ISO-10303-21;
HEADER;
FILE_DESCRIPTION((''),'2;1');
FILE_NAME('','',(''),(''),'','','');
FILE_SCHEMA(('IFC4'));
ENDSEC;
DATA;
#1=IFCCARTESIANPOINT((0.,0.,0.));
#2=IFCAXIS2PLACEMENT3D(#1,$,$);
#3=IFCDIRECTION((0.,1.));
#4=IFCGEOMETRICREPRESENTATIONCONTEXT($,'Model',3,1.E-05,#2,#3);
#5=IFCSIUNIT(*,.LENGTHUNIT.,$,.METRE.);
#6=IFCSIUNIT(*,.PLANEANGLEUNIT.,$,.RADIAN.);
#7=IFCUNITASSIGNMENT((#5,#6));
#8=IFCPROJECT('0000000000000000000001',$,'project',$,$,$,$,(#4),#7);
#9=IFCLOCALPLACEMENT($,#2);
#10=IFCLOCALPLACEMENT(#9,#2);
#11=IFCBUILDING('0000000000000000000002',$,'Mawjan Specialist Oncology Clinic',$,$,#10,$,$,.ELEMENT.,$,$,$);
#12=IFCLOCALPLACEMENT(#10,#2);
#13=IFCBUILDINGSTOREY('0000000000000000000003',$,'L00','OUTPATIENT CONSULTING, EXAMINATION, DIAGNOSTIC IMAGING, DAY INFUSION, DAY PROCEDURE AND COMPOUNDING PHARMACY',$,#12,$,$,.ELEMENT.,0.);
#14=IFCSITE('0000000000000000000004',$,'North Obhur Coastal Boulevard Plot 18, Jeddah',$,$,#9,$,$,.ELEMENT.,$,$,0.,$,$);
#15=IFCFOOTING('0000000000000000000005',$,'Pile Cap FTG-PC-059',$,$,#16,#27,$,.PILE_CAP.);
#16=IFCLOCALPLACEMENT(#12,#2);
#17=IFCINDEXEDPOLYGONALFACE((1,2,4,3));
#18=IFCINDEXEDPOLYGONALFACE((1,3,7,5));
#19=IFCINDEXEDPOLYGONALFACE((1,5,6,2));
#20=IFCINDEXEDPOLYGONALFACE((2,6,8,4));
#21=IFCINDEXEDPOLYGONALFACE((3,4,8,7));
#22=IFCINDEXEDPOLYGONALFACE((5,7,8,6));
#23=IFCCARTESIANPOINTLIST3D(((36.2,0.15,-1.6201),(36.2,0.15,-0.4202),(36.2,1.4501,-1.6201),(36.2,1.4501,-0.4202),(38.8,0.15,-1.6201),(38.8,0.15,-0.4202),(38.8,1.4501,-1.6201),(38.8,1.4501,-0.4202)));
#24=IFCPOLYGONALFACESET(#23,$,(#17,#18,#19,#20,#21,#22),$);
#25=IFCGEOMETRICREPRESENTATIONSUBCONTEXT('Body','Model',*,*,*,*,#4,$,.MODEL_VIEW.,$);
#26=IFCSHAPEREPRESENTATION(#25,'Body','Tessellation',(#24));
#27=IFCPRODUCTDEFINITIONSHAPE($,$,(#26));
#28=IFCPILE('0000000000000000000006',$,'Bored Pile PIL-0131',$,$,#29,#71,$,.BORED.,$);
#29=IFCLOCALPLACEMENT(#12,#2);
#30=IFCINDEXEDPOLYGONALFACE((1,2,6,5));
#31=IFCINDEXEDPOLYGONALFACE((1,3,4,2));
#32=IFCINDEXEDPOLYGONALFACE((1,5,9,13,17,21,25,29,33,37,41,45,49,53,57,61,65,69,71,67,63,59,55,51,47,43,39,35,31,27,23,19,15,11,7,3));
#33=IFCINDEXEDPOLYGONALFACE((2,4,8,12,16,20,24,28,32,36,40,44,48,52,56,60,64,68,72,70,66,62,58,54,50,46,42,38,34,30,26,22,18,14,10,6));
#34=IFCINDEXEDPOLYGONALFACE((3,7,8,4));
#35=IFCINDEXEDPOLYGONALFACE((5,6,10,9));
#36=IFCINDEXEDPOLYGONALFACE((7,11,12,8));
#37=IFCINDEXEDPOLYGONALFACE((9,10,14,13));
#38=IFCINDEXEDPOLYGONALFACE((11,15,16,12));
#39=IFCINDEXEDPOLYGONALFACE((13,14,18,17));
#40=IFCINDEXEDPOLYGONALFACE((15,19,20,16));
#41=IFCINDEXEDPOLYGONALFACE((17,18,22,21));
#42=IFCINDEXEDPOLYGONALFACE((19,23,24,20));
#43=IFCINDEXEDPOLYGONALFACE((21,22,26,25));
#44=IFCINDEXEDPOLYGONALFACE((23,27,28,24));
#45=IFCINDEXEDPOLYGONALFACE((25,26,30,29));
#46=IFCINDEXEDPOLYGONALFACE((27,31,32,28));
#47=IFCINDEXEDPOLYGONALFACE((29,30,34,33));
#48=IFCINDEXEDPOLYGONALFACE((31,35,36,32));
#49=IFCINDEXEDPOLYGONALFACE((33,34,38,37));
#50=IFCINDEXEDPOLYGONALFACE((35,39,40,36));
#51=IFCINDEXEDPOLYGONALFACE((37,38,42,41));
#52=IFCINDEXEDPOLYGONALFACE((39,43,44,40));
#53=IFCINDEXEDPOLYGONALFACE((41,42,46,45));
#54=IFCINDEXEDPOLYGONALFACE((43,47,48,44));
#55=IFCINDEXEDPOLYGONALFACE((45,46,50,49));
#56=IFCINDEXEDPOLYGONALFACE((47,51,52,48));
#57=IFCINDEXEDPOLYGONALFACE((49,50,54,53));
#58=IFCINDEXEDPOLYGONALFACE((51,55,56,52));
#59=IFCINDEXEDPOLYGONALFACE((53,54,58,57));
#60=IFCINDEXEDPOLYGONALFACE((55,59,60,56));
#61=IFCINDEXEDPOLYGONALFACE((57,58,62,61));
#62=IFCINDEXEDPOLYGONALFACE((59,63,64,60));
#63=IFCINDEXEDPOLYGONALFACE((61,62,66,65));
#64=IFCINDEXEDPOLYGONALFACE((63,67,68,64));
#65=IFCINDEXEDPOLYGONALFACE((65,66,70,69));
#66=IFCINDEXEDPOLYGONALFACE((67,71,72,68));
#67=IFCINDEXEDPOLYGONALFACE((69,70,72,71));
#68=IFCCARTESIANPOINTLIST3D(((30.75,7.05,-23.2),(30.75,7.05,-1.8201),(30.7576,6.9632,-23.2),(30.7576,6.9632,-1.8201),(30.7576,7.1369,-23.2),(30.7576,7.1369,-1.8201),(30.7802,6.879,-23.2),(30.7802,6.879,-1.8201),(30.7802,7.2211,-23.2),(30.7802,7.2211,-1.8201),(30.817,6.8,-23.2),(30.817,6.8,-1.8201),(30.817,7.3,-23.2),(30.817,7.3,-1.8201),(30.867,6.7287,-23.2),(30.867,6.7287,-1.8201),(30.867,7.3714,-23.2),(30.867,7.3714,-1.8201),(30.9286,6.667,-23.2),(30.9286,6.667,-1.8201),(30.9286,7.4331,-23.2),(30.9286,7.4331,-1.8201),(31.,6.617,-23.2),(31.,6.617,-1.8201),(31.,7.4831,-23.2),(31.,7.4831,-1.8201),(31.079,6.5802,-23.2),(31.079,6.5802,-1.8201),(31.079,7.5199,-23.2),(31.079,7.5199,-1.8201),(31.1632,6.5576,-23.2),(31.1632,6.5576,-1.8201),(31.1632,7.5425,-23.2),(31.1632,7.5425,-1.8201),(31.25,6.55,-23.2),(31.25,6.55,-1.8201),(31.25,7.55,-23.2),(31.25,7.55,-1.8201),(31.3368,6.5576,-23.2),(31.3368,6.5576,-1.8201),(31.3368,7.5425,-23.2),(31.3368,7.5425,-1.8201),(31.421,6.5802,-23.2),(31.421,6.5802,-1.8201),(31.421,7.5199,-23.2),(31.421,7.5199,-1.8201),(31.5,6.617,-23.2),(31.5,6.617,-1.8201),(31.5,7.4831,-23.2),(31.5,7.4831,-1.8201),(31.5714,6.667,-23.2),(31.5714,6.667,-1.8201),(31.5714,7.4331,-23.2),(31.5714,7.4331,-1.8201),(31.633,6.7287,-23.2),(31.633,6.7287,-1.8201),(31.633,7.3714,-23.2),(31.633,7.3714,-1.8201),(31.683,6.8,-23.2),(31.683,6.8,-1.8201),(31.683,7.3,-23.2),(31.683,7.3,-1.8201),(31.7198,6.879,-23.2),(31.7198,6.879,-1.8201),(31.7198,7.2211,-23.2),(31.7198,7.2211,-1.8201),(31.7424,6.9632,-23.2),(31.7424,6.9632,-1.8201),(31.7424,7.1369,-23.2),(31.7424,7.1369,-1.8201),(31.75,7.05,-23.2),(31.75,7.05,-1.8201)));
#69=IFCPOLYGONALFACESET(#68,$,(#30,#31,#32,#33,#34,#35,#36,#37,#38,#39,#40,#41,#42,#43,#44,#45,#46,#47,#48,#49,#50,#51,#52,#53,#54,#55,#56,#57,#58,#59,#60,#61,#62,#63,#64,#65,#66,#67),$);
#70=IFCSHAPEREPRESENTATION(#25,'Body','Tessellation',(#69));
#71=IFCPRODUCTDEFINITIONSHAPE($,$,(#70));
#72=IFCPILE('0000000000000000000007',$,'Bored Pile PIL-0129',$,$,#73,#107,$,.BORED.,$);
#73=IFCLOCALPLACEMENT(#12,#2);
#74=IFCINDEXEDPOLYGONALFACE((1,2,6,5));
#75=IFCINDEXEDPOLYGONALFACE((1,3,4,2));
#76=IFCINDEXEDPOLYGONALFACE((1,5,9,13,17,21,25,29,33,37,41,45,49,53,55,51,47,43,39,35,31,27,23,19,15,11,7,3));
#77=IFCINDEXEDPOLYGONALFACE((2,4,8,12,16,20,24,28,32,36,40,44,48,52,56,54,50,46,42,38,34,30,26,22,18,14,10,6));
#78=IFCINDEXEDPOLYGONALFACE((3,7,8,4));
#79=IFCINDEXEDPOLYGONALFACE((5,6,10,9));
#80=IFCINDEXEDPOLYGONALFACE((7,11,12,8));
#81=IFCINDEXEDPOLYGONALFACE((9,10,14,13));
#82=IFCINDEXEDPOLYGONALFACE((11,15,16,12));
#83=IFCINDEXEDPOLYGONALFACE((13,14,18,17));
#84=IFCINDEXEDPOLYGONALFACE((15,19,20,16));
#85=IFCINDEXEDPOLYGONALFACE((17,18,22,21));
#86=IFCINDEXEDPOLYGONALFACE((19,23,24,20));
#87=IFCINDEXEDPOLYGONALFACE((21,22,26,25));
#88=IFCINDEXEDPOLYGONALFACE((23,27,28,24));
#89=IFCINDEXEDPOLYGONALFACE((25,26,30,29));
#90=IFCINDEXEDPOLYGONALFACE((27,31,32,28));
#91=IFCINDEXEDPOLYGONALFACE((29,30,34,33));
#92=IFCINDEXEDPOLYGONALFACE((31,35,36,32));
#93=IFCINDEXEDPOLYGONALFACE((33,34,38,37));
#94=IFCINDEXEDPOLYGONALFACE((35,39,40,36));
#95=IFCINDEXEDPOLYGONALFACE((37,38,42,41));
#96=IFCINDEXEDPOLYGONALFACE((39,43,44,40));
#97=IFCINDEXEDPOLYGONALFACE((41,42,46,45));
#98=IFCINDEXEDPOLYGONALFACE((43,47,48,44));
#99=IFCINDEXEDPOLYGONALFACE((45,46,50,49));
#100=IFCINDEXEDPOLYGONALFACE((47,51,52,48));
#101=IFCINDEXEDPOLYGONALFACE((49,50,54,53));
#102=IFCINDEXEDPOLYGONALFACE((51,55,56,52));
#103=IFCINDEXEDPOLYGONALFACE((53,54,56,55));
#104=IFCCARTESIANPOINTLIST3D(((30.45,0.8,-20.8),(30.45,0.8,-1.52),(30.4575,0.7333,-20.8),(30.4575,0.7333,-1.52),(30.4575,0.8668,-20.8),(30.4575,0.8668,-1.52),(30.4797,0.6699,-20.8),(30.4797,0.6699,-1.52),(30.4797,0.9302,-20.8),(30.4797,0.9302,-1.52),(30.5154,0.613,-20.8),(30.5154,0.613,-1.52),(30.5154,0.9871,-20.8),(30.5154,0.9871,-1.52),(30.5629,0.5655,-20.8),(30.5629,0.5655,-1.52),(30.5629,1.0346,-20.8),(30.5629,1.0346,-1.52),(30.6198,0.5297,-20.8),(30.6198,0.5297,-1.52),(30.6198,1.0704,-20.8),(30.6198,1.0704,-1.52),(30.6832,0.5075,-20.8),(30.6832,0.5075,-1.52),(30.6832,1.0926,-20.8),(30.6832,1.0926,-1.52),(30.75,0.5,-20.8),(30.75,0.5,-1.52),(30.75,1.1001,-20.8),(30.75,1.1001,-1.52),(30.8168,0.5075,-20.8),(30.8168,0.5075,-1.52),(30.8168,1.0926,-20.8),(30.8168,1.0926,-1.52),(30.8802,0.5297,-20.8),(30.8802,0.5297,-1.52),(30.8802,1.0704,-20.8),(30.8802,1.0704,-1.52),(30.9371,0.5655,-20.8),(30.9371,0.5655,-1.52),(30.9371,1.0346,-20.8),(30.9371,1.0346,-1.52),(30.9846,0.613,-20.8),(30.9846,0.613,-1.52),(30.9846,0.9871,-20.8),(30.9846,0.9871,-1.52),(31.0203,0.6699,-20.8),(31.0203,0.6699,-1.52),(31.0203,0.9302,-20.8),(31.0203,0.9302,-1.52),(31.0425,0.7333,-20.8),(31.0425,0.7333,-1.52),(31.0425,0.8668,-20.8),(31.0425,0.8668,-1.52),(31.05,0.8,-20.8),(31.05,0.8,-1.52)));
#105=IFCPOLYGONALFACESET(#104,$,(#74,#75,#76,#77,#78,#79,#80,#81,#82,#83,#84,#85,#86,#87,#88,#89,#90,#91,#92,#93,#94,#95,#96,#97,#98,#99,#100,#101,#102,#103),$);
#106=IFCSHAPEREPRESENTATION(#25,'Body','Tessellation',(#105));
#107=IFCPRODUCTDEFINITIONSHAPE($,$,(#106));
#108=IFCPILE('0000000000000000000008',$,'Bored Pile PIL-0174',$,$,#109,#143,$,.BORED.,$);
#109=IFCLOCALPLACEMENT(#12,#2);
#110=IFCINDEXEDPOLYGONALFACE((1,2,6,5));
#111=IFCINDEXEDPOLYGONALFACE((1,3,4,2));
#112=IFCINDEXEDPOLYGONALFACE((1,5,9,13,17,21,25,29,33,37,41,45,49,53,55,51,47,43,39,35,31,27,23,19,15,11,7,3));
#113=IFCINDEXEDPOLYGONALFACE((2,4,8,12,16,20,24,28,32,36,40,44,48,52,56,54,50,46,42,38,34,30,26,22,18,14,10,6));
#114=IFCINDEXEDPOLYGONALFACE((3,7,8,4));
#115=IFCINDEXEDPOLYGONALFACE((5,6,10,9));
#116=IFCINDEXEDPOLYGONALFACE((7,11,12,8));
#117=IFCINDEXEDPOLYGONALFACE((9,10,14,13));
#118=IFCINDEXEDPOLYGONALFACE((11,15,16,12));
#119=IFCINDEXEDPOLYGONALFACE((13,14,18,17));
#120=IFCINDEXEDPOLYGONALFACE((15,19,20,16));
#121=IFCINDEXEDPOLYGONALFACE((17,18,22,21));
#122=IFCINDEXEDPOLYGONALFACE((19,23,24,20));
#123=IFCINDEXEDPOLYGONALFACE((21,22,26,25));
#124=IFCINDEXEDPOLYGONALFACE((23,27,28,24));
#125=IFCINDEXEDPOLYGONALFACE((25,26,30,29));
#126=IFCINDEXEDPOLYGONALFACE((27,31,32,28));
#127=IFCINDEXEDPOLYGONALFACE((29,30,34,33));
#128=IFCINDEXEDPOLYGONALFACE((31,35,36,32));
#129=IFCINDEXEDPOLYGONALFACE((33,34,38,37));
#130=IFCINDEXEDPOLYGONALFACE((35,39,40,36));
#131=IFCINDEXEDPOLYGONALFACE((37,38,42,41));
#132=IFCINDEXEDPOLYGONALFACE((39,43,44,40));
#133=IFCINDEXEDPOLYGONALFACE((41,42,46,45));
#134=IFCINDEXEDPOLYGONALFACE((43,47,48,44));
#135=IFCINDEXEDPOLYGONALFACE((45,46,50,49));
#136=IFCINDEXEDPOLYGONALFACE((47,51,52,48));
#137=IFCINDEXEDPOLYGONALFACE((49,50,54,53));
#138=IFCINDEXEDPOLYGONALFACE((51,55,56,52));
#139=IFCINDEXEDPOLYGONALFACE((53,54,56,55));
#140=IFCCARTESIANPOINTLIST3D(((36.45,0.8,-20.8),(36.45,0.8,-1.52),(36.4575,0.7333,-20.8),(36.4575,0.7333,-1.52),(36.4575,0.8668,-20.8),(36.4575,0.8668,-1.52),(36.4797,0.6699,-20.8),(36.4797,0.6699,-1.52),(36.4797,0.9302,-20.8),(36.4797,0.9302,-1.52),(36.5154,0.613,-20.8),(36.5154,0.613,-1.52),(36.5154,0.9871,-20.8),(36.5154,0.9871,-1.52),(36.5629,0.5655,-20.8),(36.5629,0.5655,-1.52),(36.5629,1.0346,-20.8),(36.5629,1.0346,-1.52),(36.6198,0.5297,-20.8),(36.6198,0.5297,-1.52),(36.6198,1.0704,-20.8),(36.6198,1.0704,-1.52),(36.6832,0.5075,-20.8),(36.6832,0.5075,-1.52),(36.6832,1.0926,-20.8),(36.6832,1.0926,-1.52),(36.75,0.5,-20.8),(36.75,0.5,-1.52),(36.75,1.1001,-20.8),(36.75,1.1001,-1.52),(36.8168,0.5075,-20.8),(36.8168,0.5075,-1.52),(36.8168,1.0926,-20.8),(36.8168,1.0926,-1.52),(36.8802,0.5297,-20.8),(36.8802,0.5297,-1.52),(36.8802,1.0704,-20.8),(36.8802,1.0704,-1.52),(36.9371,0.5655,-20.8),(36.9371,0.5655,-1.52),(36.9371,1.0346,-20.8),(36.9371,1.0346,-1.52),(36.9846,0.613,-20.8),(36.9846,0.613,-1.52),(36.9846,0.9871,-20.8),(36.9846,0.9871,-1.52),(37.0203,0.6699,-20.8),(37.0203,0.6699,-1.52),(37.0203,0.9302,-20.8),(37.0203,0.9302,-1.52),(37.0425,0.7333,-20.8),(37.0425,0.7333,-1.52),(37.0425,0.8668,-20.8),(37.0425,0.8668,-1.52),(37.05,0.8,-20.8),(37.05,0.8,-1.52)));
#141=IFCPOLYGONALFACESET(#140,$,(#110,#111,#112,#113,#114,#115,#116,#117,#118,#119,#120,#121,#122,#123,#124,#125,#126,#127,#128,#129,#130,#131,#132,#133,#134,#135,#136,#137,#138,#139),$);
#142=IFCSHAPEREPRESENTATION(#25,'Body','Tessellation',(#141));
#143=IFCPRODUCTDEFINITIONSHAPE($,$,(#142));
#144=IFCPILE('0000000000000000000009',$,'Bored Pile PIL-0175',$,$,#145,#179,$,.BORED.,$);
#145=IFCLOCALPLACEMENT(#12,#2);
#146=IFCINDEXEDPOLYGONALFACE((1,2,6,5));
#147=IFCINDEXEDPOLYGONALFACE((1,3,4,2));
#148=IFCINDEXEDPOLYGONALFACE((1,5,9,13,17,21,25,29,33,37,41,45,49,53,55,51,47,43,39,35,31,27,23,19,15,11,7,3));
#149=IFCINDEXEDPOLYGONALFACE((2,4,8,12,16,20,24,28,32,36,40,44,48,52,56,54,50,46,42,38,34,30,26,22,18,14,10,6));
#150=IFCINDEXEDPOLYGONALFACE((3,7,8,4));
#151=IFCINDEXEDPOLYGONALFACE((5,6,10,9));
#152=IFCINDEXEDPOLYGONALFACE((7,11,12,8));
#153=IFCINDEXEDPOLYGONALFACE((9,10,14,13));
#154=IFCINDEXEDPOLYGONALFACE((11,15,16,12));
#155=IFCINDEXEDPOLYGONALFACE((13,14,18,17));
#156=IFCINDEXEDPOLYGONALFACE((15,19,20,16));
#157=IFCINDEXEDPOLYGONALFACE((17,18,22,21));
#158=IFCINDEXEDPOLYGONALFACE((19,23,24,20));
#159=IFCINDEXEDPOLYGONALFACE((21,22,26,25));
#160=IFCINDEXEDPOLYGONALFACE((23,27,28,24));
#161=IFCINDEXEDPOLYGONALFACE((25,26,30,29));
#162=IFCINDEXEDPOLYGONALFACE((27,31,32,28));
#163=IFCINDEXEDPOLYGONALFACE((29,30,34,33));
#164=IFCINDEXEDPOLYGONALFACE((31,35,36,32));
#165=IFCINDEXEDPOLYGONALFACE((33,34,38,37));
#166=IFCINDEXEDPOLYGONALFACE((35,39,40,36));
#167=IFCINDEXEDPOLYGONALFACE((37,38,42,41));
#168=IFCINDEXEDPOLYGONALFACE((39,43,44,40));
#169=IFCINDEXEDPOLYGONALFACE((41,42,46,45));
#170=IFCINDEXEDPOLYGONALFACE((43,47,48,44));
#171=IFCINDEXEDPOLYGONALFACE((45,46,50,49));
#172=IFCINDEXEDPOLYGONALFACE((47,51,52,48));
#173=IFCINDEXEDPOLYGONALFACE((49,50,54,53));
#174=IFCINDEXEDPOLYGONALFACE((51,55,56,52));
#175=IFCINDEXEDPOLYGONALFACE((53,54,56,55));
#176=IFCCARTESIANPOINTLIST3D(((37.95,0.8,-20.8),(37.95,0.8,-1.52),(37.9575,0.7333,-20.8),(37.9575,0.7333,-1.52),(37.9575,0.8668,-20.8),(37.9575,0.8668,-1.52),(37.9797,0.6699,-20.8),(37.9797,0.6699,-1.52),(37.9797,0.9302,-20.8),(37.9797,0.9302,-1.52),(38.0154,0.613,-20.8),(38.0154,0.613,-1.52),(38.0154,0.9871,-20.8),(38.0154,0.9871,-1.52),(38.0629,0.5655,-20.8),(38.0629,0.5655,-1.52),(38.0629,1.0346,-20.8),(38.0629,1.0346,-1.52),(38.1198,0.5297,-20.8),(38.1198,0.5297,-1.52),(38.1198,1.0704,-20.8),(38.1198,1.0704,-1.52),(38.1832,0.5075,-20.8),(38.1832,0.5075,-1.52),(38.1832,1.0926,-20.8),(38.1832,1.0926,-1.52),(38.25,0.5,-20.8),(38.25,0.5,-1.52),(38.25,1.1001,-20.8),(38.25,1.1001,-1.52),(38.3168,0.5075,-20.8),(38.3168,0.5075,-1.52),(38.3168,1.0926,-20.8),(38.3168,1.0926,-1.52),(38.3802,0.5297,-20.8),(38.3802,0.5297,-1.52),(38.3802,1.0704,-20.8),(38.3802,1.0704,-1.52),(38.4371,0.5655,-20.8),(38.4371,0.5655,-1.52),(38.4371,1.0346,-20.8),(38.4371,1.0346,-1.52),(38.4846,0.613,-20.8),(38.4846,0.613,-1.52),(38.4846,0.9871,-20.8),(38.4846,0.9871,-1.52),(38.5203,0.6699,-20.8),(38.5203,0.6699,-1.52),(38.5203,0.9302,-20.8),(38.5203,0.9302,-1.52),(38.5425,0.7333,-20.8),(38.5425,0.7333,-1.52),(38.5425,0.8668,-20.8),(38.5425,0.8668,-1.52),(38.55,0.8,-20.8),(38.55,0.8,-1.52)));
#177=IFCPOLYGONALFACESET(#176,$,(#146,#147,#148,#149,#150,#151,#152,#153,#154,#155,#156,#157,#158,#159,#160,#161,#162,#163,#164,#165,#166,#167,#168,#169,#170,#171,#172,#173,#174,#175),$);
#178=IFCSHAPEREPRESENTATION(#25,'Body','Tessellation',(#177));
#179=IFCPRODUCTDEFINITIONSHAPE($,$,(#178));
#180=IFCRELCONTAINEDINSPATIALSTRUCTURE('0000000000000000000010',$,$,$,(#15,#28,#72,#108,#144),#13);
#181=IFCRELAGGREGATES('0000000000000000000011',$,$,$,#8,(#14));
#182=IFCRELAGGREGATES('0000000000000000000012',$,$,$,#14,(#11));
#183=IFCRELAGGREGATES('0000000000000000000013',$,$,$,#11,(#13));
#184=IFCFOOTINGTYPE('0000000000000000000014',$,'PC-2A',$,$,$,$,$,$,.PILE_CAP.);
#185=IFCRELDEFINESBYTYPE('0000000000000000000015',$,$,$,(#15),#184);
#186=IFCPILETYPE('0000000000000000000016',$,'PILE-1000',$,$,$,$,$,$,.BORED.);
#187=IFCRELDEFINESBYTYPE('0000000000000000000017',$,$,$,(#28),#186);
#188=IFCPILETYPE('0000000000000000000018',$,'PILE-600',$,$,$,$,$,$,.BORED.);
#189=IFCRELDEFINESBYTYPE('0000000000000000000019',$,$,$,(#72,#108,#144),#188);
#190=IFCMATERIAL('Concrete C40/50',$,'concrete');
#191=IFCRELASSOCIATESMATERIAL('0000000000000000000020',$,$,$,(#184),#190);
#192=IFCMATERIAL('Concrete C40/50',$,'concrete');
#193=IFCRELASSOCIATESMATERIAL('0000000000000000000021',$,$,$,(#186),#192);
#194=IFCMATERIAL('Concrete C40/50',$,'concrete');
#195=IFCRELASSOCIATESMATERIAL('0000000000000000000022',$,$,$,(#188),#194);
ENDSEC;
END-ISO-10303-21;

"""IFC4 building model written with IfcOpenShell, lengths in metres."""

from ifc_helpers import new_model, si_unit, direction, frame, origin, origin_2d, place, context, subcontext, project, spatial, rectangle, circle, extrude, material, material_profile, profile_set, type_object, element, save


model = new_model("IFC4")

# Units and contexts
model_context = context("Model", 3, precision=1e-05, world=origin(), true_north=direction((0.0, 1.0)))
body_context = subcontext(model_context, "Body", "Model", "MODEL_VIEW")
ifc_project = project(units=[si_unit("LENGTHUNIT", "METRE"), si_unit("PLANEANGLEUNIT", "RADIAN")], contexts=[model_context])

# Site, building, storey
site_placement = place(None, origin())
site = spatial("IfcSite", under=ifc_project, at=site_placement, Name="North Obhur Coastal Boulevard Plot 18, Jeddah", CompositionType="ELEMENT", RefElevation=0.0)
building_placement = place(site_placement, origin())
building = spatial("IfcBuilding", under=site, at=building_placement, Name="Mawjan Specialist Oncology Clinic", CompositionType="ELEMENT")
storey_placement = place(building_placement, origin())
storey = spatial("IfcBuildingStorey", under=building, at=storey_placement, Name="L00", Description="OUTPATIENT CONSULTING, EXAMINATION, DIAGNOSTIC IMAGING, DAY INFUSION, DAY PROCEDURE AND COMPOUNDING PHARMACY", CompositionType="ELEMENT", Elevation=0.0)

# Footing
ifc_material_1 = material(Name="Concrete C40/50", Category="concrete")
footing_type_1 = type_object("IfcFootingType", Name="PC-2A", PredefinedType="PILE_CAP", material=ifc_material_1)
footing_1_placement = place(storey_placement, frame((37.5, 0.8, -1.6201), z_axis=(0.0, 0.0, 1.0), x_axis=(1.0, 0.0, 0.0)))
element("IfcFooting", 1, at=footing_1_placement, inside=storey, type_object=footing_type_1, Name="Pile Cap FTG-PC-059", PredefinedType="PILE_CAP", context=body_context, shape_type="SweptSolid", body=[
    extrude(rectangle(XDim=2.6001, YDim=1.3, at=origin_2d()), origin(), (0.0, 0.0, 1.0), 1.2),
])

# Piles
ifc_material_2 = material(Name="Concrete C40/50", Category="concrete")
ifc_material_profile_1 = material_profile(ifc_material_2, circle(Radius=0.5, at=origin_2d()), Name="BORED PILE D1000", Category="concrete")
ifc_profile_set_1 = profile_set([ifc_material_profile_1], Name="Concrete C40/50")
pile_type_1 = type_object("IfcPileType", Name="PILE-1000", PredefinedType="BORED", material=ifc_profile_set_1)
pile_placement = place(storey_placement, frame((31.25, 7.05, -1.8201), z_axis=(0.0, 0.0, -1.0), x_axis=(1.0, 0.0, 0.0)))
element("IfcPile", 2, at=pile_placement, inside=storey, type_object=pile_type_1, Name="Bored Pile PIL-0131", PredefinedType="BORED", context=body_context, shape_type="SweptSolid", body=[
    extrude(circle(Radius=0.5, at=origin_2d()), origin(), (0.0, 0.0, 1.0), 21.3799),
])
ifc_material_3 = material(Name="Concrete C40/50", Category="concrete")
ifc_material_profile_2 = material_profile(ifc_material_3, circle(Radius=0.3, at=origin_2d()), Name="BORED PILE D600", Category="concrete")
ifc_profile_set_2 = profile_set([ifc_material_profile_2], Name="Concrete C40/50")
pile_type_2 = type_object("IfcPileType", Name="PILE-600", PredefinedType="BORED", material=ifc_profile_set_2)
for number, where, z_axis, x_axis, name in (
    (3, (30.75, 0.8, -1.52), (0.0, 0.0, -1.0), (1.0, 0.0, 0.0), "Bored Pile PIL-0129"),
    (4, (36.75, 0.8, -1.52), (0.0, 0.0, -1.0), (1.0, 0.0, 0.0), "Bored Pile PIL-0174"),
    (5, (38.25, 0.8, -1.52), (0.0, 0.0, -1.0), (1.0, 0.0, 0.0), "Bored Pile PIL-0175"),
):
    element("IfcPile", number, at=place(storey_placement, frame(where, z_axis=z_axis, x_axis=x_axis)), inside=storey, type_object=pile_type_2, Name=name, PredefinedType="BORED", context=body_context, shape_type="SweptSolid", body=[
        extrude(circle(Radius=0.3, at=origin_2d()), origin(), (0.0, 0.0, 1.0), 19.28),
    ])

save(model, "model.ifc")
